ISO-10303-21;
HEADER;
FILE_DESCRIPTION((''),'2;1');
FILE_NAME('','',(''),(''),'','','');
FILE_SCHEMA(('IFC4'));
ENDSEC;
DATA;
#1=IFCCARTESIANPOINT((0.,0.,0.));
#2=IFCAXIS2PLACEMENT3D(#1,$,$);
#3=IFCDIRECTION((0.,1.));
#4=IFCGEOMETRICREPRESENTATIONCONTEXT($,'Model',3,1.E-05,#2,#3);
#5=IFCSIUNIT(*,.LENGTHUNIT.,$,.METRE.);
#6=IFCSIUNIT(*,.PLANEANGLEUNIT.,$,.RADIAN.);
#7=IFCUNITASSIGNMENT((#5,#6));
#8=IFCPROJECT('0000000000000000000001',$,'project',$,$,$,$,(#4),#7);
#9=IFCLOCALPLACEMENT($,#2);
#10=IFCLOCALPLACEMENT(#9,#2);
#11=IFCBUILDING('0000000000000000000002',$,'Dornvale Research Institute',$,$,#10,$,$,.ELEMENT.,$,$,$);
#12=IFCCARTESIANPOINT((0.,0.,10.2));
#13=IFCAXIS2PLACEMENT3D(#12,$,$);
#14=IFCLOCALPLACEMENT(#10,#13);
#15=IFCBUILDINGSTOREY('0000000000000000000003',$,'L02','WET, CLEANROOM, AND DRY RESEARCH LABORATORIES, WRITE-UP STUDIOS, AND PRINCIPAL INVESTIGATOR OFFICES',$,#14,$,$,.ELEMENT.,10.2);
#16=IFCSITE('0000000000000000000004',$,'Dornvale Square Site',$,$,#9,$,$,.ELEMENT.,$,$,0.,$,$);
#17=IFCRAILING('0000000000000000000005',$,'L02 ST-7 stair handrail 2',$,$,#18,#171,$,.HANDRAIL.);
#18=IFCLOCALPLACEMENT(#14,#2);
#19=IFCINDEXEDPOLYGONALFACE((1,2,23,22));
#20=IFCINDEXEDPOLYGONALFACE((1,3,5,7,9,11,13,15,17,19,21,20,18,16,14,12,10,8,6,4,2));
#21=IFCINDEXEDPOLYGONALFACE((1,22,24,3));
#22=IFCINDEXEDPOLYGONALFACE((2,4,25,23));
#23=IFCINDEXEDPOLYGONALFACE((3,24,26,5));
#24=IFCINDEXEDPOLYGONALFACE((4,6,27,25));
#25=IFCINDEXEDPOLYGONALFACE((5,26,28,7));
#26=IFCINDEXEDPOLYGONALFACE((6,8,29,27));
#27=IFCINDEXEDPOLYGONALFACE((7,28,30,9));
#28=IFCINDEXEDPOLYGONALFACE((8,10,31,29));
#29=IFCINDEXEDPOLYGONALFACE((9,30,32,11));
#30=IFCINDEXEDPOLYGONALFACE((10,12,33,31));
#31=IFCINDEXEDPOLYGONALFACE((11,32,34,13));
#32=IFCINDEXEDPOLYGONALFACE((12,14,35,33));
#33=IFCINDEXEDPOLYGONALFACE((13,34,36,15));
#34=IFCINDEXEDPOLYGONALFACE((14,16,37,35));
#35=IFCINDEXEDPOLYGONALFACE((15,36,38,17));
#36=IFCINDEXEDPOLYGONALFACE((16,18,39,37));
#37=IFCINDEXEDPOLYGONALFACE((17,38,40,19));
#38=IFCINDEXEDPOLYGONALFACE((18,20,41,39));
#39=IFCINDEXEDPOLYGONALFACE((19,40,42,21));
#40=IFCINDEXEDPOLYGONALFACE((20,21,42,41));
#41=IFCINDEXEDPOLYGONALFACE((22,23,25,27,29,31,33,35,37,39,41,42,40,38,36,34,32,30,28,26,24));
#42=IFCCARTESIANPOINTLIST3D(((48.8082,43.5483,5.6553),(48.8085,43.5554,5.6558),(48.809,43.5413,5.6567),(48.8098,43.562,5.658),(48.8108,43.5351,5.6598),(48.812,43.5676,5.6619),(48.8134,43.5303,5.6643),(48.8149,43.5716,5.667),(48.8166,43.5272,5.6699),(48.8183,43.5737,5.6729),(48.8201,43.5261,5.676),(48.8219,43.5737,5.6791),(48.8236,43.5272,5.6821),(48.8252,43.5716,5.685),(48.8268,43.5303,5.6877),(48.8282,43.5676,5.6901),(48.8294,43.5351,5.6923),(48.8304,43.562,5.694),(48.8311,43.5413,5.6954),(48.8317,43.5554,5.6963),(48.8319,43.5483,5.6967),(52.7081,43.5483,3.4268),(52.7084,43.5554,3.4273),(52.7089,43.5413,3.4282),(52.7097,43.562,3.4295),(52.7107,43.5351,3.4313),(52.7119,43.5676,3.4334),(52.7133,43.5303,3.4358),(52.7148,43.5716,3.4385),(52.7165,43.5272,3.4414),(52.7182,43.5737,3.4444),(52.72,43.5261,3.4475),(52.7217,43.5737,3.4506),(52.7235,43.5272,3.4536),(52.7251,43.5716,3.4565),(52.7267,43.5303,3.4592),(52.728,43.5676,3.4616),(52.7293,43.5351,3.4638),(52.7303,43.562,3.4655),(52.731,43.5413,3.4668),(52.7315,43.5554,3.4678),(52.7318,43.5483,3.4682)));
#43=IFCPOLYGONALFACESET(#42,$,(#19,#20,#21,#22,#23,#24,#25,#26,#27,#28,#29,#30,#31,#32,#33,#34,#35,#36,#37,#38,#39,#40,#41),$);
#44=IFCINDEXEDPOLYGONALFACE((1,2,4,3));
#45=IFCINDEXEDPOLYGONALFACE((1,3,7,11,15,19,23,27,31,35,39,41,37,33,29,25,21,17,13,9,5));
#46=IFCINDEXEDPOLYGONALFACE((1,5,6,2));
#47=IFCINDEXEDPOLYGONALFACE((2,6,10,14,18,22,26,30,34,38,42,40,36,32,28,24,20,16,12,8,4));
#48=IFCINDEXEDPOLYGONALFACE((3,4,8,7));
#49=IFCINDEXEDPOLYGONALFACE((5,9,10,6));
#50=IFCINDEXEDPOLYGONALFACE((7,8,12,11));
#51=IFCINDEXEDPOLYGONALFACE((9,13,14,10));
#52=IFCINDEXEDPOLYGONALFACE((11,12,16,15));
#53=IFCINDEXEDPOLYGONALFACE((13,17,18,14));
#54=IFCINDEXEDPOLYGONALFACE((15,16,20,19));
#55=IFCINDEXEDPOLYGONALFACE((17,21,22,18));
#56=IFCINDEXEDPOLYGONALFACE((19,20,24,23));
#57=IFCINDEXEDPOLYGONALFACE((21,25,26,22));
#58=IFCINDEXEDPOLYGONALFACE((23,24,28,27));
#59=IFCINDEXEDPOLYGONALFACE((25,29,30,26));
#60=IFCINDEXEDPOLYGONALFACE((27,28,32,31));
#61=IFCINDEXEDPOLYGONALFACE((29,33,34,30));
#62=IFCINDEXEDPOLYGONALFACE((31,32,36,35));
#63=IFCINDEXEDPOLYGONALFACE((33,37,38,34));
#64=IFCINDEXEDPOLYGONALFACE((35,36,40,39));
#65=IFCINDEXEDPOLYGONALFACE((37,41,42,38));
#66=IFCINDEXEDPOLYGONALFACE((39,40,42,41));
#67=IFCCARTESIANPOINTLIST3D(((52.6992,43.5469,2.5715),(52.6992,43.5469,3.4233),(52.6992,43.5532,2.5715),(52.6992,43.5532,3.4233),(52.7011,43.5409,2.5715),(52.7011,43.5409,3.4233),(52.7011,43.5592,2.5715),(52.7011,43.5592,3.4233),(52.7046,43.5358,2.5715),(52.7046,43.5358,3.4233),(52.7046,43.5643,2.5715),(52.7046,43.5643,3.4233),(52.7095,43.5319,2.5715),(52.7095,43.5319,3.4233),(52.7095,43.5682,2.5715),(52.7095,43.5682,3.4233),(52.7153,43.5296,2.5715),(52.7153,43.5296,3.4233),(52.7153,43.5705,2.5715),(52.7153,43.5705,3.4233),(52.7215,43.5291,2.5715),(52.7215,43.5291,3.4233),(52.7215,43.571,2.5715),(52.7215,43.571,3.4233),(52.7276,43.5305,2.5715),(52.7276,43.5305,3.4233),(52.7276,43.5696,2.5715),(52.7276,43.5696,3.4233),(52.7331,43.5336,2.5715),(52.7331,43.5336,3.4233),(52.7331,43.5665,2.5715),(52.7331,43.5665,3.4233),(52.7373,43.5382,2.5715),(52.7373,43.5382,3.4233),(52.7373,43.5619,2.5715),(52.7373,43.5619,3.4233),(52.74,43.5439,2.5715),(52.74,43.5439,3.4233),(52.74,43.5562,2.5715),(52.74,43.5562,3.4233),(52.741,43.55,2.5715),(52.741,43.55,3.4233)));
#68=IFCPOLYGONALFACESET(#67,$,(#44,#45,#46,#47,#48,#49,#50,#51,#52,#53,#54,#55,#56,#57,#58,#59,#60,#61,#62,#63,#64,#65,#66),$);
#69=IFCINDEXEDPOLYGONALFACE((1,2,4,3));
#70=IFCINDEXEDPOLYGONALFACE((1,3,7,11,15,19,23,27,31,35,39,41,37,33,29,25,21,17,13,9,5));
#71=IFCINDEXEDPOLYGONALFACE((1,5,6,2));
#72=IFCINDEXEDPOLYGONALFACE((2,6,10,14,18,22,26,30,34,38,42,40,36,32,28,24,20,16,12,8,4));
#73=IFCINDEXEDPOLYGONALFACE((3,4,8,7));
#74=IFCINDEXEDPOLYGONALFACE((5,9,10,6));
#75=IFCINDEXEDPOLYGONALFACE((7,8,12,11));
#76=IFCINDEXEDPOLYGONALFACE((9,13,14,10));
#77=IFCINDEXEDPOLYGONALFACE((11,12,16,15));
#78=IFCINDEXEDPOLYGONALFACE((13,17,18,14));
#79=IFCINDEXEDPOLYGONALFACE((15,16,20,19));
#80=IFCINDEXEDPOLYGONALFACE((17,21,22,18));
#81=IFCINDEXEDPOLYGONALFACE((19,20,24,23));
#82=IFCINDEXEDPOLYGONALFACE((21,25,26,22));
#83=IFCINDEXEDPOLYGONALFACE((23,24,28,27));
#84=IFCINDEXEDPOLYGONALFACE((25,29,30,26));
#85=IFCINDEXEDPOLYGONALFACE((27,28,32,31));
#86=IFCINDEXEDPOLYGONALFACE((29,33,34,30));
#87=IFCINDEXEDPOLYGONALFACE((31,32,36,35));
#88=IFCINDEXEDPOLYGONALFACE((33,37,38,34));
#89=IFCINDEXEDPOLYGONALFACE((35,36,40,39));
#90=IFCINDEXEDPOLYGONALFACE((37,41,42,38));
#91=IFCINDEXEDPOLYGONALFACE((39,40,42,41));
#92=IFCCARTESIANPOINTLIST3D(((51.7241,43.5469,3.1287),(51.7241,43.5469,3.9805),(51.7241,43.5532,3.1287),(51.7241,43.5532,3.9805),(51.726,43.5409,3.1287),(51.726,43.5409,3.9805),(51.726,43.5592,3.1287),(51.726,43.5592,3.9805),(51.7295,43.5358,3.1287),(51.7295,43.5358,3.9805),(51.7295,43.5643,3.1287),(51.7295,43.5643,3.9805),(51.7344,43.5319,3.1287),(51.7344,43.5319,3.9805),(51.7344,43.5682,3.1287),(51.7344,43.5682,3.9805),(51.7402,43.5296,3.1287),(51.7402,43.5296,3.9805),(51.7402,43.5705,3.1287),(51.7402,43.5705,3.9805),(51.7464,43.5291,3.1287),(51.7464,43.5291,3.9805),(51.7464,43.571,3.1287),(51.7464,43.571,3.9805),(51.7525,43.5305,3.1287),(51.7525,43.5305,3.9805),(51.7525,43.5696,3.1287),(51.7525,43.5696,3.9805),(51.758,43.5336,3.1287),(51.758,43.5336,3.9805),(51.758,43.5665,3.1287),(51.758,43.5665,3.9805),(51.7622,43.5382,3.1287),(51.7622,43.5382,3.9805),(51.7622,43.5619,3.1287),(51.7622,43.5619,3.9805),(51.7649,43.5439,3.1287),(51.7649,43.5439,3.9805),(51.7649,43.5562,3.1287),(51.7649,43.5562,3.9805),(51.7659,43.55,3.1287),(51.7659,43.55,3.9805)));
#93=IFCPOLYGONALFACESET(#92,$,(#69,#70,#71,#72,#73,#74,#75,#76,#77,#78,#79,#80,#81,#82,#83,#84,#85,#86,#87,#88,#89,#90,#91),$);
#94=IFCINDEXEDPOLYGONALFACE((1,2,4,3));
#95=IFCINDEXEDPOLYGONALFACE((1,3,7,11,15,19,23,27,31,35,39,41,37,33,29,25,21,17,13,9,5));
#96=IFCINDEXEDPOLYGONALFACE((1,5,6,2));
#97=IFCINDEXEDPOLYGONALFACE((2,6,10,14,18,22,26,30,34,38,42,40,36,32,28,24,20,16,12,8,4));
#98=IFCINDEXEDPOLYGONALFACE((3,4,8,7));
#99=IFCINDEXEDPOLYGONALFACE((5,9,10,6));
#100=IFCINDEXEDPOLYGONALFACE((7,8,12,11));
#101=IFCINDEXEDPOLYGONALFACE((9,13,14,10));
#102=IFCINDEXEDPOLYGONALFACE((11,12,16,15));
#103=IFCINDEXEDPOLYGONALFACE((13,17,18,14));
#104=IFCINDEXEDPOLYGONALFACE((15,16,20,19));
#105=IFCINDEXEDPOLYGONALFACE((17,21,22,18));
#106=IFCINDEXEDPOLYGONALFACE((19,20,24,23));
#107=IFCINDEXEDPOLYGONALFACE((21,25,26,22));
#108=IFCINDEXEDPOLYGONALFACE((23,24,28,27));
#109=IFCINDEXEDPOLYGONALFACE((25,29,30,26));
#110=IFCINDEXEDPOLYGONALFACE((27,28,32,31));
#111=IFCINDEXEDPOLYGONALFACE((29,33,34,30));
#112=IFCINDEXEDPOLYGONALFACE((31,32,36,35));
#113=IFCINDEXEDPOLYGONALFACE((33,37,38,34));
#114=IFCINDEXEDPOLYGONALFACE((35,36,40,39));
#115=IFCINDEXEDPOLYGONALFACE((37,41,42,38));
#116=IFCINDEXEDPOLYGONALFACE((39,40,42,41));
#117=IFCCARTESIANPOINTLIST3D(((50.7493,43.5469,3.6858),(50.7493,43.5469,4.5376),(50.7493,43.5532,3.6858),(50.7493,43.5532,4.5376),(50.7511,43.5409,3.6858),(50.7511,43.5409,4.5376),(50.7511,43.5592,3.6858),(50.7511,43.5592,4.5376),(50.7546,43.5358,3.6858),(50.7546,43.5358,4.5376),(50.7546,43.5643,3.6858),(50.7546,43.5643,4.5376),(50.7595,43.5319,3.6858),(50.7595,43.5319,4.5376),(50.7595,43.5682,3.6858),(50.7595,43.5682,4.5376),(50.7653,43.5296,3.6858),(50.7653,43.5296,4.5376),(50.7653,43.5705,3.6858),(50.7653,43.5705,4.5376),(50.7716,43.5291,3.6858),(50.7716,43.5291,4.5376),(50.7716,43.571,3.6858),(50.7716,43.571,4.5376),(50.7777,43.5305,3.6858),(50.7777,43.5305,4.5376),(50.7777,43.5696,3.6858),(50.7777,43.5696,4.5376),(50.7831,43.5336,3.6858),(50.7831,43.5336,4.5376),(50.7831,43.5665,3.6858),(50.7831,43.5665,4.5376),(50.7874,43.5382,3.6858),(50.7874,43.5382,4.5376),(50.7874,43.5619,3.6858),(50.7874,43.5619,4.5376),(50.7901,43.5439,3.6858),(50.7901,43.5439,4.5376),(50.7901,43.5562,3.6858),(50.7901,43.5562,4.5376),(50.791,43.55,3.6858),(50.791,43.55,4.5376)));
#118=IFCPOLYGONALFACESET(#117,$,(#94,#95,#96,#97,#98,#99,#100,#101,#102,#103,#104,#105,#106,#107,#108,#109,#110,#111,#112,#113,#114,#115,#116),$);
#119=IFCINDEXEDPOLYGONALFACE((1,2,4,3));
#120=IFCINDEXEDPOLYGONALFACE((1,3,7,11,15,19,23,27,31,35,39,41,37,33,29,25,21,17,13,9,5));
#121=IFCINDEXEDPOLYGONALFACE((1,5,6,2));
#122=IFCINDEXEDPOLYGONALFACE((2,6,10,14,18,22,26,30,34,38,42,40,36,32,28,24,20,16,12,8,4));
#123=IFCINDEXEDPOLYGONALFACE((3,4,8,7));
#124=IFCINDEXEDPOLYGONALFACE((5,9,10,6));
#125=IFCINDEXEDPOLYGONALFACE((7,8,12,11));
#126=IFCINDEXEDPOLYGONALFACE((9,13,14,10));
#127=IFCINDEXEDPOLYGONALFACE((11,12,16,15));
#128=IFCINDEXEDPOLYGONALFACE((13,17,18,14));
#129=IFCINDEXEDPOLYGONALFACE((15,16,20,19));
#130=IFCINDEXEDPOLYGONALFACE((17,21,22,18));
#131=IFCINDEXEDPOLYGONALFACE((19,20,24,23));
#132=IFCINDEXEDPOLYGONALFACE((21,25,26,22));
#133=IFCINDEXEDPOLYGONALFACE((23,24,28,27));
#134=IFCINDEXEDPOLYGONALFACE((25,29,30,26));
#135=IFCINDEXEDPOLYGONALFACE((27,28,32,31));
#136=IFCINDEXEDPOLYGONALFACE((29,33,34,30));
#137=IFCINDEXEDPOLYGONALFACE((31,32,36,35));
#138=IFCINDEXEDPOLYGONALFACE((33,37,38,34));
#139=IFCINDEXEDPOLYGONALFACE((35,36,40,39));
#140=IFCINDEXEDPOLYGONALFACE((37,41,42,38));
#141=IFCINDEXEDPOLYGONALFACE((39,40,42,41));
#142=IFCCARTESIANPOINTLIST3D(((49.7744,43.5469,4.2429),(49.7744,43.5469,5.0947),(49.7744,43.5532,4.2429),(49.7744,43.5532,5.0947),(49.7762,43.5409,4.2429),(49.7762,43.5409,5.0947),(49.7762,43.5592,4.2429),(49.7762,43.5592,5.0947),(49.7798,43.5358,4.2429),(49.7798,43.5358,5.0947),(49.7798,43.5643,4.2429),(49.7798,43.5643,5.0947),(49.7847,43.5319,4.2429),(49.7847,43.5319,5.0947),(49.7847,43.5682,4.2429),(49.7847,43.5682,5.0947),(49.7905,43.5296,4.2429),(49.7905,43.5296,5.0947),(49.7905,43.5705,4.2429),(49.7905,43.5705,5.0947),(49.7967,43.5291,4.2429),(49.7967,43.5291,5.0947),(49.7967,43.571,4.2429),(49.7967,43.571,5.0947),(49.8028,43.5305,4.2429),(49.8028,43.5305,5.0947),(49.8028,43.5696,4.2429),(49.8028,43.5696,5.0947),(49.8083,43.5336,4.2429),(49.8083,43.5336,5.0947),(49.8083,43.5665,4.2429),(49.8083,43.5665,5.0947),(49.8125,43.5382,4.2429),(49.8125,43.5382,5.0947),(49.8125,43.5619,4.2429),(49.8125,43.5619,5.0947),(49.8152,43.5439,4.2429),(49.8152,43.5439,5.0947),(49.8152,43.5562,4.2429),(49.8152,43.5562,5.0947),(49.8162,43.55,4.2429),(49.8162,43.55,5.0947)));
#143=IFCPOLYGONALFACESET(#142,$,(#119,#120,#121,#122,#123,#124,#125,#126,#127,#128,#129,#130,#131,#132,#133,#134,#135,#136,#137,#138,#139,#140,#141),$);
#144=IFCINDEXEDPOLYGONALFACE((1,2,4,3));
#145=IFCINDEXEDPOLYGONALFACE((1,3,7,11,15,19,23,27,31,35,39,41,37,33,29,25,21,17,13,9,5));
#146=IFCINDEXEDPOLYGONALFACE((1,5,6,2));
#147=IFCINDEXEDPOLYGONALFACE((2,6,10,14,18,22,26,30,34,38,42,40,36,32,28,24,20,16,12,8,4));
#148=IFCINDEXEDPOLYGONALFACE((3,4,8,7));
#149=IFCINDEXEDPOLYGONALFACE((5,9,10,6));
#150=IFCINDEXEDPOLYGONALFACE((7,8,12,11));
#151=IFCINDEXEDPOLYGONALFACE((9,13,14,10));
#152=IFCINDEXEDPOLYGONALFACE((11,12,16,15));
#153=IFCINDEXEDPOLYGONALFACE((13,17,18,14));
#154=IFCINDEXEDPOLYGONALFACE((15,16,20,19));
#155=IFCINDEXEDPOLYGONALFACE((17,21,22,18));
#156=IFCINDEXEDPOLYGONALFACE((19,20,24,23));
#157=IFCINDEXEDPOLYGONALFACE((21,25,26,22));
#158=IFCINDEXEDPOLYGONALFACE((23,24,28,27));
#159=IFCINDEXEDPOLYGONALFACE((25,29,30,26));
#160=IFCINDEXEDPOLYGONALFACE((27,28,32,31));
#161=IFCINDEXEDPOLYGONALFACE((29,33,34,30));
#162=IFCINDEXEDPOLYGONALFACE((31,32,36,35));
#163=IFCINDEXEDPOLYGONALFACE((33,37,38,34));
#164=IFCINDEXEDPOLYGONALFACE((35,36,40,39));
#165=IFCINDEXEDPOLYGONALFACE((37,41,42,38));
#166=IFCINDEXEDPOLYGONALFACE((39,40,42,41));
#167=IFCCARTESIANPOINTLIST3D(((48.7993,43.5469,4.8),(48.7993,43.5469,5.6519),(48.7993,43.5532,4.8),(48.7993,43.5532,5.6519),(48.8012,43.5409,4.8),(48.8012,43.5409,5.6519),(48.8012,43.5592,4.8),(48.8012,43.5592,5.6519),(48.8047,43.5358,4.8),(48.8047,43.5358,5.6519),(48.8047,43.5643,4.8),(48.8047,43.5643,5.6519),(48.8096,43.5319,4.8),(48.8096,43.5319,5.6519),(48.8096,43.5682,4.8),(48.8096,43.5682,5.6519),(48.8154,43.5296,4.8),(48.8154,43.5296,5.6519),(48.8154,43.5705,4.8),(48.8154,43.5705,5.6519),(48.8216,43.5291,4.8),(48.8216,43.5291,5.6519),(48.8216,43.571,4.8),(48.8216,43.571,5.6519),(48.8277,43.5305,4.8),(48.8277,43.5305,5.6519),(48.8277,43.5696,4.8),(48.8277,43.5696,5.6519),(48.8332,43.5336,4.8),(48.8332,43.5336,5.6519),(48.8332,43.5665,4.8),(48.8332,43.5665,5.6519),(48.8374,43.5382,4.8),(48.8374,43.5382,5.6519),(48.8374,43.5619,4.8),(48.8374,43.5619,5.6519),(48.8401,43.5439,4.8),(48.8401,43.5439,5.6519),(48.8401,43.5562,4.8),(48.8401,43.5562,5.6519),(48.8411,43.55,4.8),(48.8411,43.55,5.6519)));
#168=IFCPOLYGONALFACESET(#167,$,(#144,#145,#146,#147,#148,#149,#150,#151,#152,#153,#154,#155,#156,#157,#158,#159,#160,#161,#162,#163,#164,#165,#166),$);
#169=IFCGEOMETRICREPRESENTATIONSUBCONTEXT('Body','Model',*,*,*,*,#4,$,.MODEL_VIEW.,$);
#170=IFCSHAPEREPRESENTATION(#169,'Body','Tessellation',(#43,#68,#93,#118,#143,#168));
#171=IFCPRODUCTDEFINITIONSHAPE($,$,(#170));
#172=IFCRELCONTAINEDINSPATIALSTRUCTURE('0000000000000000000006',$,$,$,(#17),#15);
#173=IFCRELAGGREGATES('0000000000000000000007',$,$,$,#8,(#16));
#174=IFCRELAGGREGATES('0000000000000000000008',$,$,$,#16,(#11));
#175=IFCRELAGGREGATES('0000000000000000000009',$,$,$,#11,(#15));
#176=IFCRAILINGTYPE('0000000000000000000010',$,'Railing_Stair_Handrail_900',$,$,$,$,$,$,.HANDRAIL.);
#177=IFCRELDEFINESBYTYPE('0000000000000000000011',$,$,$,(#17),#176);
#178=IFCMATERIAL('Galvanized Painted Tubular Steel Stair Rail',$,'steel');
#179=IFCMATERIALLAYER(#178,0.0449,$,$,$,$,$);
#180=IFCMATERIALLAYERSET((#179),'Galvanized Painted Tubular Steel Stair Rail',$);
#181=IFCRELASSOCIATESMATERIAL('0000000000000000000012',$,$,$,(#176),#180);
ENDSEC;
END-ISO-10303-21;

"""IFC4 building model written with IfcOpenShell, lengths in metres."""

from ifc_helpers import new_model, si_unit, direction, frame, origin, origin_2d, place, context, subcontext, project, spatial, circle, extrude, material, layer, layer_set, type_object, element, save


model = new_model("IFC4")

# Units and contexts
model_context = context("Model", 3, precision=1e-05, world=origin(), true_north=direction((0.0, 1.0)))
body_context = subcontext(model_context, "Body", "Model", "MODEL_VIEW")
ifc_project = project(units=[si_unit("LENGTHUNIT", "METRE"), si_unit("PLANEANGLEUNIT", "RADIAN")], contexts=[model_context])

# Site, building, storey
site_placement = place(None, origin())
site = spatial("IfcSite", under=ifc_project, at=site_placement, Name="Dornvale Square Site", CompositionType="ELEMENT", RefElevation=0.0)
building_placement = place(site_placement, origin())
building = spatial("IfcBuilding", under=site, at=building_placement, Name="Dornvale Research Institute", CompositionType="ELEMENT")
storey_placement = place(building_placement, frame((0.0, 0.0, 10.2)))
storey = spatial("IfcBuildingStorey", under=building, at=storey_placement, Name="L02", Description="WET, CLEANROOM, AND DRY RESEARCH LABORATORIES, WRITE-UP STUDIOS, AND PRINCIPAL INVESTIGATOR OFFICES", CompositionType="ELEMENT", Elevation=10.2)

# Railing
ifc_material_1 = material(Name="Galvanized Painted Tubular Steel Stair Rail", Category="steel")
ifc_layer_1 = layer(ifc_material_1, 0.0449)
ifc_layer_set_1 = layer_set([ifc_layer_1], Name="Galvanized Painted Tubular Steel Stair Rail")
railing_type_1 = type_object("IfcRailingType", Name="Railing_Stair_Handrail_900", PredefinedType="HANDRAIL", material=ifc_layer_set_1)
railing_1_placement = place(storey_placement, frame((52.72, 43.55, 2.5715)))
element("IfcRailing", 1, at=railing_1_placement, inside=storey, type_object=railing_type_1, Name="L02 ST-7 stair handrail 2", PredefinedType="HANDRAIL", context=body_context, shape_type="SweptSolid", body=[
    extrude(circle(Radius=0.0239, at=origin_2d()), frame((0.0, 0.0, 0.876), z_axis=(-0.868243, 0.0, 0.496139), x_axis=(0.0, -1.0, 0.0)), (0.0, 0.0, 1.0), 4.4917),
    extrude(circle(Radius=0.021, at=origin_2d()), origin(), (0.0, 0.0, 1.0), 0.8518),
    extrude(circle(Radius=0.021, at=origin_2d()), frame((-0.9751, 0.0, 0.5571)), (0.0, 0.0, 1.0), 0.8518),
    extrude(circle(Radius=0.021, at=origin_2d()), frame((-1.95, 0.0, 1.1143)), (0.0, 0.0, 1.0), 0.8518),
    extrude(circle(Radius=0.021, at=origin_2d()), frame((-2.9248, 0.0, 1.6714)), (0.0, 0.0, 1.0), 0.8518),
    extrude(circle(Radius=0.021, at=origin_2d()), frame((-3.8999, 0.0, 2.2285)), (0.0, 0.0, 1.0), 0.8518),
])

save(model, "model.ifc")
